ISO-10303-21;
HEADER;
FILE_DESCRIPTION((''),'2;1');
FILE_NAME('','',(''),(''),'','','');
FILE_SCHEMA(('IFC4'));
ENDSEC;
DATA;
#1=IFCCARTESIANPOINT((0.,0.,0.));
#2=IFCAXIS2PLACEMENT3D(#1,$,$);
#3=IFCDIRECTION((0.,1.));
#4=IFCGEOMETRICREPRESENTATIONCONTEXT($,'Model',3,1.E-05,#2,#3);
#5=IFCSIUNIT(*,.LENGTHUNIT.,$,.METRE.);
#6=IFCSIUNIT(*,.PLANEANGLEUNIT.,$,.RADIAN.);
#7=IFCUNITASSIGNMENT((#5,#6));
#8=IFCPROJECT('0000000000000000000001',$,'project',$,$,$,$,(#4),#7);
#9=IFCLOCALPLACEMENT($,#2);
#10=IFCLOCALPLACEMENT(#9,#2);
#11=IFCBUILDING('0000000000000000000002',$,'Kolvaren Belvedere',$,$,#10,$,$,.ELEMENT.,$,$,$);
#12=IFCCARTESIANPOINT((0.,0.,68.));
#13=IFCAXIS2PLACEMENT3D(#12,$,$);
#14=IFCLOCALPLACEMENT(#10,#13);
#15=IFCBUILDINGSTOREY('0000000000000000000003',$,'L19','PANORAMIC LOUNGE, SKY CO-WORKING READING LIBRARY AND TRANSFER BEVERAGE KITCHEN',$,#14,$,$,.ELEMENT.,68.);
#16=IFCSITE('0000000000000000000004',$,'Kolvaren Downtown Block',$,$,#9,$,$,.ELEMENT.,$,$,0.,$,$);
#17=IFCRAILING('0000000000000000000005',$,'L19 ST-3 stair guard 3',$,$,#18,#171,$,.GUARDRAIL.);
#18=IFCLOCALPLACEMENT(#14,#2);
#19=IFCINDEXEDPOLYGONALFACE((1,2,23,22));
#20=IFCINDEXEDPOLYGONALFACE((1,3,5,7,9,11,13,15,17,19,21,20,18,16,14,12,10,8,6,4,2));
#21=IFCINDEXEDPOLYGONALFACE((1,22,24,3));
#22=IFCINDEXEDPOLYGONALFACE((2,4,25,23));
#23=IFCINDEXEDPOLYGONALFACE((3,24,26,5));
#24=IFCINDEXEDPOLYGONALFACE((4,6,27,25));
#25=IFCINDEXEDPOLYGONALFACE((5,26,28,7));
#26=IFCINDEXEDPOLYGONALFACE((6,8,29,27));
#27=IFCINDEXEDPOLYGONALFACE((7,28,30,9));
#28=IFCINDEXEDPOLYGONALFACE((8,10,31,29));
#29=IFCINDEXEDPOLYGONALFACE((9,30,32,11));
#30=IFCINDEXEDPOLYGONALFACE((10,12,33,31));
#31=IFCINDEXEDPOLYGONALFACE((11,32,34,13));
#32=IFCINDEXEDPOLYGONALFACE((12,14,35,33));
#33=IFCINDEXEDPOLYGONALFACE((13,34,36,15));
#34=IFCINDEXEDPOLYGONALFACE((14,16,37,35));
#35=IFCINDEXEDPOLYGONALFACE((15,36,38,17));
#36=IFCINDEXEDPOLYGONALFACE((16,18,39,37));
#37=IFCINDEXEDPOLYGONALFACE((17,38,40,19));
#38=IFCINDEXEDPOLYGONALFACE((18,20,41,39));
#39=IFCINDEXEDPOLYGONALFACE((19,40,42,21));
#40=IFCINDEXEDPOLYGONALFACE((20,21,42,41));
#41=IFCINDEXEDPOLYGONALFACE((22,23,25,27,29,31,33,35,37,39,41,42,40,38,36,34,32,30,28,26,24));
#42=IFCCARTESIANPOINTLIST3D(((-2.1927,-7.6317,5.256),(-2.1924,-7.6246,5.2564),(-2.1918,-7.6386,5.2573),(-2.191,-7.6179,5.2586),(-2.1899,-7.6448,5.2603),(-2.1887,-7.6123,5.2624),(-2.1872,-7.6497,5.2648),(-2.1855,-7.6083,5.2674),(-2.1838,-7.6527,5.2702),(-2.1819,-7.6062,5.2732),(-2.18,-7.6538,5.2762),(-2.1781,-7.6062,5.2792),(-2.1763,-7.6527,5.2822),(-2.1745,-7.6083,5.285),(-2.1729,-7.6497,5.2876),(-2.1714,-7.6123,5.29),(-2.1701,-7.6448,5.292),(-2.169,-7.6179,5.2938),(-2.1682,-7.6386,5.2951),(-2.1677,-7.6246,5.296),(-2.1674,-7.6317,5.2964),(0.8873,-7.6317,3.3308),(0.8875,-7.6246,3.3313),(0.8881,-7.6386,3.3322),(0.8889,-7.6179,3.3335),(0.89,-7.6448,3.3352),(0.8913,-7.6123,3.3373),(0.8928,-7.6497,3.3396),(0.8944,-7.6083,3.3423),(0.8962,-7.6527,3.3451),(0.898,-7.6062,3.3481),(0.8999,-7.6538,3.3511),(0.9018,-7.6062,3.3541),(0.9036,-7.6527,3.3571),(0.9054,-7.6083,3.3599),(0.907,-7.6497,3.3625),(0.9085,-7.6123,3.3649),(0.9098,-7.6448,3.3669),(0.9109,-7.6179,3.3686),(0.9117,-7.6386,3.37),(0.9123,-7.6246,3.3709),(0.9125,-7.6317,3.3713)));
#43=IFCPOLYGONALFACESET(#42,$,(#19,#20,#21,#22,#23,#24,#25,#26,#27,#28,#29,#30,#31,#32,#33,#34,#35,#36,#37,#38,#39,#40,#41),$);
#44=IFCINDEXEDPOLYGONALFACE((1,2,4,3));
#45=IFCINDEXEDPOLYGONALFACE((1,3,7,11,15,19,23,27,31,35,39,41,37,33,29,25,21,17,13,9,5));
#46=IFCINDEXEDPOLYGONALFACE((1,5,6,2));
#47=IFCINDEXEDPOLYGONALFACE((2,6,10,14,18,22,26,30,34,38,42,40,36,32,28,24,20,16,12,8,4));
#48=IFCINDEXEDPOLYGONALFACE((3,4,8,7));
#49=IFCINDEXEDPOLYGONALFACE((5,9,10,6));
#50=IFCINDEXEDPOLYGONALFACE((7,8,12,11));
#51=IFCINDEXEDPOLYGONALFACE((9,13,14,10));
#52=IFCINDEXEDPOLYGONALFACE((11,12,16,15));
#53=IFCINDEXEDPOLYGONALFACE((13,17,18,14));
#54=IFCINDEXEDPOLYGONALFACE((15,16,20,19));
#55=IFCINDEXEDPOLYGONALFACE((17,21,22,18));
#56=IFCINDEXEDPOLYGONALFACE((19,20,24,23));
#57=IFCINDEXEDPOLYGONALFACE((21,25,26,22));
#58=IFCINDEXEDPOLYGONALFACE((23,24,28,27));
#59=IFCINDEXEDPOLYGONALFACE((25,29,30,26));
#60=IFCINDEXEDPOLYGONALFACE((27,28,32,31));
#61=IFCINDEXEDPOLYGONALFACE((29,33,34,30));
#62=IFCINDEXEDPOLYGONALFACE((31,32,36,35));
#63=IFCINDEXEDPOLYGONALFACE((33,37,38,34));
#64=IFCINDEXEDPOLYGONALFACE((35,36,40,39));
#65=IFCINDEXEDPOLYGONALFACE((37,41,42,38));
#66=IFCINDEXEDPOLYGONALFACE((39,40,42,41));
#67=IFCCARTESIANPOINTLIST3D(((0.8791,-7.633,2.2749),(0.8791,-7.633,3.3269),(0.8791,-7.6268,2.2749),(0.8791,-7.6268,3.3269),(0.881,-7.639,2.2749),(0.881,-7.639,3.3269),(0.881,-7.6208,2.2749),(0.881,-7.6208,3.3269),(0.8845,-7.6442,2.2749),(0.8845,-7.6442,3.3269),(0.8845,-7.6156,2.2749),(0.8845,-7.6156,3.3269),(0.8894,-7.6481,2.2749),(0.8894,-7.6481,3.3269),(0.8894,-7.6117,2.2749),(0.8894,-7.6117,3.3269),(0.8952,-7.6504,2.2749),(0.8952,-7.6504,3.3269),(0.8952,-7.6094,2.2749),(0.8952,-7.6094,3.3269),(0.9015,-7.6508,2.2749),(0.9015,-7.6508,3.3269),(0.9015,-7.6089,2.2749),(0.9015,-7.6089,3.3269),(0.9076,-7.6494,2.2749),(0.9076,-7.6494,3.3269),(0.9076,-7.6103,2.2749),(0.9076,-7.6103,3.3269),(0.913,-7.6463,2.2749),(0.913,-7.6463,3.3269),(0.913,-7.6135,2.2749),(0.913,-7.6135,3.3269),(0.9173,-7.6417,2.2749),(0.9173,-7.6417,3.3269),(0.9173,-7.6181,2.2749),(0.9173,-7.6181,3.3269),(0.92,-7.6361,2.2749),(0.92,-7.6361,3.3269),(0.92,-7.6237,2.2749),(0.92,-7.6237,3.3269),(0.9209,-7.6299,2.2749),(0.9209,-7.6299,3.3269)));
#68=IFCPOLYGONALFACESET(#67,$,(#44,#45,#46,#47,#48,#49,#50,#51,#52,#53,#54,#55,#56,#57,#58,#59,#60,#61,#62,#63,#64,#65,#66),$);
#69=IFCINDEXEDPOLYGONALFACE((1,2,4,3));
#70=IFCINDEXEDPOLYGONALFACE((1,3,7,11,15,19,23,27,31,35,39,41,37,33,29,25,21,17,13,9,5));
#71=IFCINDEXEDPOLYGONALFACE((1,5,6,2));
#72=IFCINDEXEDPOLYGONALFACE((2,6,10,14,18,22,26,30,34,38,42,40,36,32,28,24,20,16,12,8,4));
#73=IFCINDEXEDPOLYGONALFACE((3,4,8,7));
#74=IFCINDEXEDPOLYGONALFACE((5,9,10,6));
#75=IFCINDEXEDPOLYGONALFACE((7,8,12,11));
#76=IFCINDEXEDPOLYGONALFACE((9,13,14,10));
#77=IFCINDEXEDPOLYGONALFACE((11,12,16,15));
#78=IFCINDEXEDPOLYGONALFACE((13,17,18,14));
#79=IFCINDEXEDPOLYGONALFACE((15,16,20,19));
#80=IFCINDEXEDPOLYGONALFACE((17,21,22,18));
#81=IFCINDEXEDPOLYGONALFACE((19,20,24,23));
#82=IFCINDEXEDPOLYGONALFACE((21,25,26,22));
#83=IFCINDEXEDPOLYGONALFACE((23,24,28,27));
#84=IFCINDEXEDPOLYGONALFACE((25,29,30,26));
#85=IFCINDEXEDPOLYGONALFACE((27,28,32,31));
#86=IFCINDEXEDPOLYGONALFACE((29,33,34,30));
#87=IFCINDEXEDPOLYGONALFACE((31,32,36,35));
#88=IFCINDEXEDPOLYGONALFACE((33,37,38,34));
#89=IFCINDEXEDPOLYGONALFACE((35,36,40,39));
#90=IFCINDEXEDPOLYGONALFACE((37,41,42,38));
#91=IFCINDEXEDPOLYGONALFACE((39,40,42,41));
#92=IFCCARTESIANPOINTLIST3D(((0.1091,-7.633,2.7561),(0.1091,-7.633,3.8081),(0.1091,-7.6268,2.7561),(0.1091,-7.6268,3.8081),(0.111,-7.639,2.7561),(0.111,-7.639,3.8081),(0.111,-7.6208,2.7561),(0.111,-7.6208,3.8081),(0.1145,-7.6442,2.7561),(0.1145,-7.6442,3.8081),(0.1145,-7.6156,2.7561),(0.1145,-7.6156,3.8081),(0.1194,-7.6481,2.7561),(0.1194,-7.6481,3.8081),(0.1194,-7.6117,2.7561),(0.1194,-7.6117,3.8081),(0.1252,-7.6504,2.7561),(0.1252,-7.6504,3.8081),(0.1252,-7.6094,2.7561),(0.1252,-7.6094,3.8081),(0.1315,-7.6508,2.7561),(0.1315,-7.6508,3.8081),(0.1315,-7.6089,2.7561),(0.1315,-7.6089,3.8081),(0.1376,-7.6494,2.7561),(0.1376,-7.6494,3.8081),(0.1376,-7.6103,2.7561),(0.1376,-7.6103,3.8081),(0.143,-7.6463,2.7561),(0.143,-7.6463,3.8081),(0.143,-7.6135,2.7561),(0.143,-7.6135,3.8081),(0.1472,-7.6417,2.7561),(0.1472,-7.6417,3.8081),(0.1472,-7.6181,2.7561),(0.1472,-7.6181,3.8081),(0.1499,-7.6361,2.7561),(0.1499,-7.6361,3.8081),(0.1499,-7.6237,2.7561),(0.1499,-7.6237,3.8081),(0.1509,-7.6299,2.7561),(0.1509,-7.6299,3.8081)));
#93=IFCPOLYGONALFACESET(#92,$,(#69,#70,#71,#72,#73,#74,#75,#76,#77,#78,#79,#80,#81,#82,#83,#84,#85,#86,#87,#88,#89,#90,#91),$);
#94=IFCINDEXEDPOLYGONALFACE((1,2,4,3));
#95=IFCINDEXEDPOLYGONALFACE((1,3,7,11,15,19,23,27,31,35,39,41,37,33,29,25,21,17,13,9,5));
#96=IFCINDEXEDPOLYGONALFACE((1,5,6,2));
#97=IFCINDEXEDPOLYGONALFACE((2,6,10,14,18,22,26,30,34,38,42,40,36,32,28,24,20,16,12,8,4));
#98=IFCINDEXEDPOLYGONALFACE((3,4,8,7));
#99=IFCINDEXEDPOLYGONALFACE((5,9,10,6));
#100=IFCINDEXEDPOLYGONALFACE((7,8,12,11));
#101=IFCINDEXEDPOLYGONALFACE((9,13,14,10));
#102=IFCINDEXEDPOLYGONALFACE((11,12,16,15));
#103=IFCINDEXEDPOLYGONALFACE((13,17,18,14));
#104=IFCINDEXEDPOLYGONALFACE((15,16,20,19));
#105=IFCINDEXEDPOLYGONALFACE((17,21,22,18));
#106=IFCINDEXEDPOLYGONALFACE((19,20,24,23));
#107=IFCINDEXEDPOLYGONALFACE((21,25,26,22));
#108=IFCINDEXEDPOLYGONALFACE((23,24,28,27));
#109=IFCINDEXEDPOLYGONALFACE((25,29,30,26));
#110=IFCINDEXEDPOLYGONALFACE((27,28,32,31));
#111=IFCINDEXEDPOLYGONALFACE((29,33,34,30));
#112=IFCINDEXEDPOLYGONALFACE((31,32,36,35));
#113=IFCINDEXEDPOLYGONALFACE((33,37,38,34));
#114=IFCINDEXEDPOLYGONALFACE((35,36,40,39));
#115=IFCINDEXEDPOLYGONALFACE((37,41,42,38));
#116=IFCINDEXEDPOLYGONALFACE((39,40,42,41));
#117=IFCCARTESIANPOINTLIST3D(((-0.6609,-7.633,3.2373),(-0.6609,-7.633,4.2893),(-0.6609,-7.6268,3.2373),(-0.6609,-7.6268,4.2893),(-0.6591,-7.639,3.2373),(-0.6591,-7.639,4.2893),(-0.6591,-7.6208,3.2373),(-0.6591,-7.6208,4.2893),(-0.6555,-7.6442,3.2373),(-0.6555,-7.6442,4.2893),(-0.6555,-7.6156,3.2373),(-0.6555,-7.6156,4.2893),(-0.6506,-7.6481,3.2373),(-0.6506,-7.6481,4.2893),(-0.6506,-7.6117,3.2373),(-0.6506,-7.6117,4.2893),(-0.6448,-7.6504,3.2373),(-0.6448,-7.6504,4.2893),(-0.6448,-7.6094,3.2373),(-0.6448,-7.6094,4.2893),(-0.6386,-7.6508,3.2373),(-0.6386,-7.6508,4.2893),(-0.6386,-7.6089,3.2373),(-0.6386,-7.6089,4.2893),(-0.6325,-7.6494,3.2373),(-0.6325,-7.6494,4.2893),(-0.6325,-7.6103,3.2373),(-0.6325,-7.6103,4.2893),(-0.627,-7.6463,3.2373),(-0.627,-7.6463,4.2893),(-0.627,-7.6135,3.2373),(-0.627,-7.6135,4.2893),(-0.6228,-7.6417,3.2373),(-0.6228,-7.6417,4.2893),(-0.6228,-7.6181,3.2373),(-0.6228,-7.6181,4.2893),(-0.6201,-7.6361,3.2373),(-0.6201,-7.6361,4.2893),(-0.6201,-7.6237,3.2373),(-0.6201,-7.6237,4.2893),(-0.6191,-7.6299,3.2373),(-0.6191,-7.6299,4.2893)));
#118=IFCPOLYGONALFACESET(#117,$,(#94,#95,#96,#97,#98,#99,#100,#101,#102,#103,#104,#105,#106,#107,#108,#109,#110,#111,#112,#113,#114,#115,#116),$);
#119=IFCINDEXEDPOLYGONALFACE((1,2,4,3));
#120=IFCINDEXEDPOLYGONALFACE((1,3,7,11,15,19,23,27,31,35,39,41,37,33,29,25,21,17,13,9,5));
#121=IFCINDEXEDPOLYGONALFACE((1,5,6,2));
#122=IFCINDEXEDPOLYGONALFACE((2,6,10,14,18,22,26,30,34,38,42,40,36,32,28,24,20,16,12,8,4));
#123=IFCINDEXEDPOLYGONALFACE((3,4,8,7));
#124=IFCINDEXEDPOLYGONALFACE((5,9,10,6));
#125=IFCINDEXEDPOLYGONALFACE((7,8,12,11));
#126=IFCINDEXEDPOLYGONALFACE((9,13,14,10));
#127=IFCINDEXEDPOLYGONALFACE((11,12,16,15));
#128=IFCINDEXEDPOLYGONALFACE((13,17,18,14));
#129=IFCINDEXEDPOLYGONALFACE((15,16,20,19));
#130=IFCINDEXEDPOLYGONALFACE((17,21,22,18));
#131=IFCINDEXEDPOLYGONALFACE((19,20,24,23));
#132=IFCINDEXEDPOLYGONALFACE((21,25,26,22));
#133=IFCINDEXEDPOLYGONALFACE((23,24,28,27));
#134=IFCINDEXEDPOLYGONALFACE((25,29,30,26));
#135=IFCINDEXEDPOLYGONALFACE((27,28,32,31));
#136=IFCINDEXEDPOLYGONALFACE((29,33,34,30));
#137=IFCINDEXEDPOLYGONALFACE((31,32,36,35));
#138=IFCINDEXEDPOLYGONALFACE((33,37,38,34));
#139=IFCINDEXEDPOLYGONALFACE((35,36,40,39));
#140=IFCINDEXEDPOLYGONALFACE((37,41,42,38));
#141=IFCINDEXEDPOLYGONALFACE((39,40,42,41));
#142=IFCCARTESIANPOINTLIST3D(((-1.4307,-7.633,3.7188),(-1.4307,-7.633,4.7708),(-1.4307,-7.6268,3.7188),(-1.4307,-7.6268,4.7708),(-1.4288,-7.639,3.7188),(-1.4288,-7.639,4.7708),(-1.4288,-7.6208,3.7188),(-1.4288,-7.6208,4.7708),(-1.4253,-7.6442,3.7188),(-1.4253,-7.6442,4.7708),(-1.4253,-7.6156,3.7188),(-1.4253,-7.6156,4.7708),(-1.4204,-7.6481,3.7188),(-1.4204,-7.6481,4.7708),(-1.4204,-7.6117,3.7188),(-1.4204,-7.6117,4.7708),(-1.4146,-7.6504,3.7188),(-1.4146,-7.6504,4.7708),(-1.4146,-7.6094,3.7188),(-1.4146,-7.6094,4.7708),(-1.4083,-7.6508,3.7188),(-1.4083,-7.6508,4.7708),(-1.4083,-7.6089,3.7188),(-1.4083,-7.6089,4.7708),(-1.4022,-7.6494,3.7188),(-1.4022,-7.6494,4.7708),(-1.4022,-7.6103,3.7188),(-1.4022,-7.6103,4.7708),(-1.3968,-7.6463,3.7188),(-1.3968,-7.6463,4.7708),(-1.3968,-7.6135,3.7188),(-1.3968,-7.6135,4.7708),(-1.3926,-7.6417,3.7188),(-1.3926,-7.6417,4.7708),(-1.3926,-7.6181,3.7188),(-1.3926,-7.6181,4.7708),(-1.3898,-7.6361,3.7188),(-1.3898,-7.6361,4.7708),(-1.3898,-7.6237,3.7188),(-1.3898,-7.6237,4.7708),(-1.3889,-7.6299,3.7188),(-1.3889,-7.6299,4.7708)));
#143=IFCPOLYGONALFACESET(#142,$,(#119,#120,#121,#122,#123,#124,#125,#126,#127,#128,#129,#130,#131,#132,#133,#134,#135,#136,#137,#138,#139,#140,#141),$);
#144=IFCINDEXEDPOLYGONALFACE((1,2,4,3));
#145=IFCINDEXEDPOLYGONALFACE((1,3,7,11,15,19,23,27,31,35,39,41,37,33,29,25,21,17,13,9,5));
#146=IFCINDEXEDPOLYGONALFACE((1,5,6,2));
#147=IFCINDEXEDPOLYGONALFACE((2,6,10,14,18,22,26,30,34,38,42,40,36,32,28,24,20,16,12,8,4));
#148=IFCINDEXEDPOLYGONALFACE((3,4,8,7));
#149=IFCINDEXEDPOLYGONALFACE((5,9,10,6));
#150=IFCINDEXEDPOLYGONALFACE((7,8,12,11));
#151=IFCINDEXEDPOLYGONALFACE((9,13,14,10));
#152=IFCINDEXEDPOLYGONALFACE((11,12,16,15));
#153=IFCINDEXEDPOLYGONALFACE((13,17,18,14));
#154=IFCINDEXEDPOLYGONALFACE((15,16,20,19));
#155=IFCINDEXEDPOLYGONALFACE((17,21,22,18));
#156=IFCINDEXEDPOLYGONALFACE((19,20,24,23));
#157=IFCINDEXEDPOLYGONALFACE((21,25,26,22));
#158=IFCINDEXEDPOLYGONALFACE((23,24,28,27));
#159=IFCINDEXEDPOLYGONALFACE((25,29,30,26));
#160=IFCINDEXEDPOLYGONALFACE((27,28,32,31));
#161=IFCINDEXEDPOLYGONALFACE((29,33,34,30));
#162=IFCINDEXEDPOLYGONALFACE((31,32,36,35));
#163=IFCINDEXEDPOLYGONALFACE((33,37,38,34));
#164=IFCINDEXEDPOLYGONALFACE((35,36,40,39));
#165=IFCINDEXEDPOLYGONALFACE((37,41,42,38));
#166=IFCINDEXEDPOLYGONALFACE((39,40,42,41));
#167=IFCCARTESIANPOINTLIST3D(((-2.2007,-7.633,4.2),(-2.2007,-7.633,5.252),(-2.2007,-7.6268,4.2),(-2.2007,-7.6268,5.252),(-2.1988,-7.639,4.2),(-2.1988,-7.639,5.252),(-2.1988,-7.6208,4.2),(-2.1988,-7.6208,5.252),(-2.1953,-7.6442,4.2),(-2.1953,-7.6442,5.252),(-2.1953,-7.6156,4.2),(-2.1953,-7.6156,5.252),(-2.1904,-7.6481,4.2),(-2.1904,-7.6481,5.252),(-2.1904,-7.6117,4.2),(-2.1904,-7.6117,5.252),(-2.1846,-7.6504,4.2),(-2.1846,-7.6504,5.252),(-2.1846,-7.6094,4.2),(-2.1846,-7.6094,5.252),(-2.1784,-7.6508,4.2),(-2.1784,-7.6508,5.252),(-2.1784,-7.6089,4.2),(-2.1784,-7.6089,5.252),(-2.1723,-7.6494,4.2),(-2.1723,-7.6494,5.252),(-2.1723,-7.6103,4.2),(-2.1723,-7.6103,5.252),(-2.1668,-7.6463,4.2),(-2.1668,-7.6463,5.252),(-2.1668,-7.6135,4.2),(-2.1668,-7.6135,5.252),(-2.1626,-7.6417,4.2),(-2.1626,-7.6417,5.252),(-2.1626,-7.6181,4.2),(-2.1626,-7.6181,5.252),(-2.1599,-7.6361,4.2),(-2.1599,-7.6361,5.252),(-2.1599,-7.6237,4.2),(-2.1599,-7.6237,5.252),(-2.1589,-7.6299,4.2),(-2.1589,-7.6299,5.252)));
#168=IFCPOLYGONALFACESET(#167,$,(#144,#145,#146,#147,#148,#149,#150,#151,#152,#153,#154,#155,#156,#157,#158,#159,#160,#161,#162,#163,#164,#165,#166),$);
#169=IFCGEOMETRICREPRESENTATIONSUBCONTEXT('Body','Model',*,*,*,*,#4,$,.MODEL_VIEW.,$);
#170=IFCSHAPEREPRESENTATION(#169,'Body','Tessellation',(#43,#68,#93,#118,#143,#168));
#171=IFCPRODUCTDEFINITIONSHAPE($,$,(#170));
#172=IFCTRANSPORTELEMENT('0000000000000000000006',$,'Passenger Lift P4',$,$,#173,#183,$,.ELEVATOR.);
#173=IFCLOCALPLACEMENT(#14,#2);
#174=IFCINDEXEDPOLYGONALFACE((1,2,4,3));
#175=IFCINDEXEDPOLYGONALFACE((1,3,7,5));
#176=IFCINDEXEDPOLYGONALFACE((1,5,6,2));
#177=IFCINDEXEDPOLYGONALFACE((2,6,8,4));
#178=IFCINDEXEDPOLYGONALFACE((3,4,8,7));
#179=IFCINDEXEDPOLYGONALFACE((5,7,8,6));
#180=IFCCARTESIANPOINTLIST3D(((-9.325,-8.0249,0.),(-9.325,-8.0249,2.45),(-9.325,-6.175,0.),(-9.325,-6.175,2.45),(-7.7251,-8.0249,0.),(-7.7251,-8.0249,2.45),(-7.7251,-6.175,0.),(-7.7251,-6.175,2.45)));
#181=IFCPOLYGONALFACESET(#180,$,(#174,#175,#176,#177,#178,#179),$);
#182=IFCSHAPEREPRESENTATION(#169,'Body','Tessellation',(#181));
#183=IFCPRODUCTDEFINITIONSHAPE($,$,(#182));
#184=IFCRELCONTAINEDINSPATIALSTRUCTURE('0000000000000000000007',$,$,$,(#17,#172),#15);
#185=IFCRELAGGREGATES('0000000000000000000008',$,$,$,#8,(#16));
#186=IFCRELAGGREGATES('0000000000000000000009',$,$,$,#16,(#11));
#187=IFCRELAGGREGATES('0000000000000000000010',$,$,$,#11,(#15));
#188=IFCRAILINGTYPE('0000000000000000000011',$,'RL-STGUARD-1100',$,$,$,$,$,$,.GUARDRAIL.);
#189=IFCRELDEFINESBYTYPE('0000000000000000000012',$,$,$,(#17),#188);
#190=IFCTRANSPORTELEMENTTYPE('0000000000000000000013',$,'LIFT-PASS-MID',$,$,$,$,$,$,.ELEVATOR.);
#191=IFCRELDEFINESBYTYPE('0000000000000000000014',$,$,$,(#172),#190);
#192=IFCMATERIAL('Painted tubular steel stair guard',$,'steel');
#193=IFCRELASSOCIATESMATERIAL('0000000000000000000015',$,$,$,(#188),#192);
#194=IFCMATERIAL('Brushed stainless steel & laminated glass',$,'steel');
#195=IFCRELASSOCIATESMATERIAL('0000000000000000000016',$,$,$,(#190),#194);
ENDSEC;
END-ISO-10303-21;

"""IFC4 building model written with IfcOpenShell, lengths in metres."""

from ifc_helpers import new_model, si_unit, direction, frame, origin, origin_2d, place, context, subcontext, project, spatial, polyline, circle, outline, extrude, material, type_object, element, save


model = new_model("IFC4")

# Units and contexts
model_context = context("Model", 3, precision=1e-05, world=origin(), true_north=direction((0.0, 1.0)))
body_context = subcontext(model_context, "Body", "Model", "MODEL_VIEW")
ifc_project = project(units=[si_unit("LENGTHUNIT", "METRE"), si_unit("PLANEANGLEUNIT", "RADIAN")], contexts=[model_context])

# Site, building, storey
site_placement = place(None, origin())
site = spatial("IfcSite", under=ifc_project, at=site_placement, Name="Kolvaren Downtown Block", CompositionType="ELEMENT", RefElevation=0.0)
building_placement = place(site_placement, origin())
building = spatial("IfcBuilding", under=site, at=building_placement, Name="Kolvaren Belvedere", CompositionType="ELEMENT")
storey_placement = place(building_placement, frame((0.0, 0.0, 68.0)))
storey = spatial("IfcBuildingStorey", under=building, at=storey_placement, Name="L19", Description="PANORAMIC LOUNGE, SKY CO-WORKING READING LIBRARY AND TRANSFER BEVERAGE KITCHEN", CompositionType="ELEMENT", Elevation=68.0)

# Railing
ifc_material_1 = material(Name="Painted tubular steel stair guard", Category="steel")
railing_type_1 = type_object("IfcRailingType", Name="RL-STGUARD-1100", PredefinedType="GUARDRAIL", material=ifc_material_1)
railing_1_placement = place(storey_placement, frame((0.8999, -7.6299, 2.2749)))
element("IfcRailing", 1, at=railing_1_placement, inside=storey, type_object=railing_type_1, Name="L19 ST-3 stair guard 3", PredefinedType="GUARDRAIL", context=body_context, shape_type="SweptSolid", body=[
    extrude(circle(Radius=0.0239, at=origin_2d()), frame((0.0, 0.0, 1.0762), z_axis=(-0.847979, 0.0, 0.530029), x_axis=(0.0, -1.0, 0.0)), (0.0, 0.0, 1.0), 3.6321),
    extrude(circle(Radius=0.021, at=origin_2d()), origin(), (0.0, 0.0, 1.0), 1.052),
    extrude(circle(Radius=0.021, at=origin_2d()), frame((-0.77, 0.0, 0.4812)), (0.0, 0.0, 1.0), 1.052),
    extrude(circle(Radius=0.021, at=origin_2d()), frame((-1.54, 0.0, 0.9624)), (0.0, 0.0, 1.0), 1.052),
    extrude(circle(Radius=0.021, at=origin_2d()), frame((-2.3098, 0.0, 1.4438)), (0.0, 0.0, 1.0), 1.052),
    extrude(circle(Radius=0.021, at=origin_2d()), frame((-3.0798, 0.0, 1.925)), (0.0, 0.0, 1.0), 1.052),
])

# Transport element
ifc_material_2 = material(Name="Brushed stainless steel & laminated glass", Category="steel")
transport_element_type = type_object("IfcTransportElementType", Name="LIFT-PASS-MID", PredefinedType="ELEVATOR", material=ifc_material_2)
transport_element_placement = place(storey_placement, origin())
element("IfcTransportElement", 2, at=transport_element_placement, inside=storey, type_object=transport_element_type, Name="Passenger Lift P4", PredefinedType="ELEVATOR", context=body_context, shape_type="SweptSolid", body=[
    extrude(outline(polyline([(-9.325, -8.0249), (-7.7251, -8.0249), (-7.7251, -6.175), (-9.325, -6.175), (-9.325, -8.0249)])), origin(), (0.0, 0.0, 1.0), 2.45),
])

save(model, "model.ifc")
